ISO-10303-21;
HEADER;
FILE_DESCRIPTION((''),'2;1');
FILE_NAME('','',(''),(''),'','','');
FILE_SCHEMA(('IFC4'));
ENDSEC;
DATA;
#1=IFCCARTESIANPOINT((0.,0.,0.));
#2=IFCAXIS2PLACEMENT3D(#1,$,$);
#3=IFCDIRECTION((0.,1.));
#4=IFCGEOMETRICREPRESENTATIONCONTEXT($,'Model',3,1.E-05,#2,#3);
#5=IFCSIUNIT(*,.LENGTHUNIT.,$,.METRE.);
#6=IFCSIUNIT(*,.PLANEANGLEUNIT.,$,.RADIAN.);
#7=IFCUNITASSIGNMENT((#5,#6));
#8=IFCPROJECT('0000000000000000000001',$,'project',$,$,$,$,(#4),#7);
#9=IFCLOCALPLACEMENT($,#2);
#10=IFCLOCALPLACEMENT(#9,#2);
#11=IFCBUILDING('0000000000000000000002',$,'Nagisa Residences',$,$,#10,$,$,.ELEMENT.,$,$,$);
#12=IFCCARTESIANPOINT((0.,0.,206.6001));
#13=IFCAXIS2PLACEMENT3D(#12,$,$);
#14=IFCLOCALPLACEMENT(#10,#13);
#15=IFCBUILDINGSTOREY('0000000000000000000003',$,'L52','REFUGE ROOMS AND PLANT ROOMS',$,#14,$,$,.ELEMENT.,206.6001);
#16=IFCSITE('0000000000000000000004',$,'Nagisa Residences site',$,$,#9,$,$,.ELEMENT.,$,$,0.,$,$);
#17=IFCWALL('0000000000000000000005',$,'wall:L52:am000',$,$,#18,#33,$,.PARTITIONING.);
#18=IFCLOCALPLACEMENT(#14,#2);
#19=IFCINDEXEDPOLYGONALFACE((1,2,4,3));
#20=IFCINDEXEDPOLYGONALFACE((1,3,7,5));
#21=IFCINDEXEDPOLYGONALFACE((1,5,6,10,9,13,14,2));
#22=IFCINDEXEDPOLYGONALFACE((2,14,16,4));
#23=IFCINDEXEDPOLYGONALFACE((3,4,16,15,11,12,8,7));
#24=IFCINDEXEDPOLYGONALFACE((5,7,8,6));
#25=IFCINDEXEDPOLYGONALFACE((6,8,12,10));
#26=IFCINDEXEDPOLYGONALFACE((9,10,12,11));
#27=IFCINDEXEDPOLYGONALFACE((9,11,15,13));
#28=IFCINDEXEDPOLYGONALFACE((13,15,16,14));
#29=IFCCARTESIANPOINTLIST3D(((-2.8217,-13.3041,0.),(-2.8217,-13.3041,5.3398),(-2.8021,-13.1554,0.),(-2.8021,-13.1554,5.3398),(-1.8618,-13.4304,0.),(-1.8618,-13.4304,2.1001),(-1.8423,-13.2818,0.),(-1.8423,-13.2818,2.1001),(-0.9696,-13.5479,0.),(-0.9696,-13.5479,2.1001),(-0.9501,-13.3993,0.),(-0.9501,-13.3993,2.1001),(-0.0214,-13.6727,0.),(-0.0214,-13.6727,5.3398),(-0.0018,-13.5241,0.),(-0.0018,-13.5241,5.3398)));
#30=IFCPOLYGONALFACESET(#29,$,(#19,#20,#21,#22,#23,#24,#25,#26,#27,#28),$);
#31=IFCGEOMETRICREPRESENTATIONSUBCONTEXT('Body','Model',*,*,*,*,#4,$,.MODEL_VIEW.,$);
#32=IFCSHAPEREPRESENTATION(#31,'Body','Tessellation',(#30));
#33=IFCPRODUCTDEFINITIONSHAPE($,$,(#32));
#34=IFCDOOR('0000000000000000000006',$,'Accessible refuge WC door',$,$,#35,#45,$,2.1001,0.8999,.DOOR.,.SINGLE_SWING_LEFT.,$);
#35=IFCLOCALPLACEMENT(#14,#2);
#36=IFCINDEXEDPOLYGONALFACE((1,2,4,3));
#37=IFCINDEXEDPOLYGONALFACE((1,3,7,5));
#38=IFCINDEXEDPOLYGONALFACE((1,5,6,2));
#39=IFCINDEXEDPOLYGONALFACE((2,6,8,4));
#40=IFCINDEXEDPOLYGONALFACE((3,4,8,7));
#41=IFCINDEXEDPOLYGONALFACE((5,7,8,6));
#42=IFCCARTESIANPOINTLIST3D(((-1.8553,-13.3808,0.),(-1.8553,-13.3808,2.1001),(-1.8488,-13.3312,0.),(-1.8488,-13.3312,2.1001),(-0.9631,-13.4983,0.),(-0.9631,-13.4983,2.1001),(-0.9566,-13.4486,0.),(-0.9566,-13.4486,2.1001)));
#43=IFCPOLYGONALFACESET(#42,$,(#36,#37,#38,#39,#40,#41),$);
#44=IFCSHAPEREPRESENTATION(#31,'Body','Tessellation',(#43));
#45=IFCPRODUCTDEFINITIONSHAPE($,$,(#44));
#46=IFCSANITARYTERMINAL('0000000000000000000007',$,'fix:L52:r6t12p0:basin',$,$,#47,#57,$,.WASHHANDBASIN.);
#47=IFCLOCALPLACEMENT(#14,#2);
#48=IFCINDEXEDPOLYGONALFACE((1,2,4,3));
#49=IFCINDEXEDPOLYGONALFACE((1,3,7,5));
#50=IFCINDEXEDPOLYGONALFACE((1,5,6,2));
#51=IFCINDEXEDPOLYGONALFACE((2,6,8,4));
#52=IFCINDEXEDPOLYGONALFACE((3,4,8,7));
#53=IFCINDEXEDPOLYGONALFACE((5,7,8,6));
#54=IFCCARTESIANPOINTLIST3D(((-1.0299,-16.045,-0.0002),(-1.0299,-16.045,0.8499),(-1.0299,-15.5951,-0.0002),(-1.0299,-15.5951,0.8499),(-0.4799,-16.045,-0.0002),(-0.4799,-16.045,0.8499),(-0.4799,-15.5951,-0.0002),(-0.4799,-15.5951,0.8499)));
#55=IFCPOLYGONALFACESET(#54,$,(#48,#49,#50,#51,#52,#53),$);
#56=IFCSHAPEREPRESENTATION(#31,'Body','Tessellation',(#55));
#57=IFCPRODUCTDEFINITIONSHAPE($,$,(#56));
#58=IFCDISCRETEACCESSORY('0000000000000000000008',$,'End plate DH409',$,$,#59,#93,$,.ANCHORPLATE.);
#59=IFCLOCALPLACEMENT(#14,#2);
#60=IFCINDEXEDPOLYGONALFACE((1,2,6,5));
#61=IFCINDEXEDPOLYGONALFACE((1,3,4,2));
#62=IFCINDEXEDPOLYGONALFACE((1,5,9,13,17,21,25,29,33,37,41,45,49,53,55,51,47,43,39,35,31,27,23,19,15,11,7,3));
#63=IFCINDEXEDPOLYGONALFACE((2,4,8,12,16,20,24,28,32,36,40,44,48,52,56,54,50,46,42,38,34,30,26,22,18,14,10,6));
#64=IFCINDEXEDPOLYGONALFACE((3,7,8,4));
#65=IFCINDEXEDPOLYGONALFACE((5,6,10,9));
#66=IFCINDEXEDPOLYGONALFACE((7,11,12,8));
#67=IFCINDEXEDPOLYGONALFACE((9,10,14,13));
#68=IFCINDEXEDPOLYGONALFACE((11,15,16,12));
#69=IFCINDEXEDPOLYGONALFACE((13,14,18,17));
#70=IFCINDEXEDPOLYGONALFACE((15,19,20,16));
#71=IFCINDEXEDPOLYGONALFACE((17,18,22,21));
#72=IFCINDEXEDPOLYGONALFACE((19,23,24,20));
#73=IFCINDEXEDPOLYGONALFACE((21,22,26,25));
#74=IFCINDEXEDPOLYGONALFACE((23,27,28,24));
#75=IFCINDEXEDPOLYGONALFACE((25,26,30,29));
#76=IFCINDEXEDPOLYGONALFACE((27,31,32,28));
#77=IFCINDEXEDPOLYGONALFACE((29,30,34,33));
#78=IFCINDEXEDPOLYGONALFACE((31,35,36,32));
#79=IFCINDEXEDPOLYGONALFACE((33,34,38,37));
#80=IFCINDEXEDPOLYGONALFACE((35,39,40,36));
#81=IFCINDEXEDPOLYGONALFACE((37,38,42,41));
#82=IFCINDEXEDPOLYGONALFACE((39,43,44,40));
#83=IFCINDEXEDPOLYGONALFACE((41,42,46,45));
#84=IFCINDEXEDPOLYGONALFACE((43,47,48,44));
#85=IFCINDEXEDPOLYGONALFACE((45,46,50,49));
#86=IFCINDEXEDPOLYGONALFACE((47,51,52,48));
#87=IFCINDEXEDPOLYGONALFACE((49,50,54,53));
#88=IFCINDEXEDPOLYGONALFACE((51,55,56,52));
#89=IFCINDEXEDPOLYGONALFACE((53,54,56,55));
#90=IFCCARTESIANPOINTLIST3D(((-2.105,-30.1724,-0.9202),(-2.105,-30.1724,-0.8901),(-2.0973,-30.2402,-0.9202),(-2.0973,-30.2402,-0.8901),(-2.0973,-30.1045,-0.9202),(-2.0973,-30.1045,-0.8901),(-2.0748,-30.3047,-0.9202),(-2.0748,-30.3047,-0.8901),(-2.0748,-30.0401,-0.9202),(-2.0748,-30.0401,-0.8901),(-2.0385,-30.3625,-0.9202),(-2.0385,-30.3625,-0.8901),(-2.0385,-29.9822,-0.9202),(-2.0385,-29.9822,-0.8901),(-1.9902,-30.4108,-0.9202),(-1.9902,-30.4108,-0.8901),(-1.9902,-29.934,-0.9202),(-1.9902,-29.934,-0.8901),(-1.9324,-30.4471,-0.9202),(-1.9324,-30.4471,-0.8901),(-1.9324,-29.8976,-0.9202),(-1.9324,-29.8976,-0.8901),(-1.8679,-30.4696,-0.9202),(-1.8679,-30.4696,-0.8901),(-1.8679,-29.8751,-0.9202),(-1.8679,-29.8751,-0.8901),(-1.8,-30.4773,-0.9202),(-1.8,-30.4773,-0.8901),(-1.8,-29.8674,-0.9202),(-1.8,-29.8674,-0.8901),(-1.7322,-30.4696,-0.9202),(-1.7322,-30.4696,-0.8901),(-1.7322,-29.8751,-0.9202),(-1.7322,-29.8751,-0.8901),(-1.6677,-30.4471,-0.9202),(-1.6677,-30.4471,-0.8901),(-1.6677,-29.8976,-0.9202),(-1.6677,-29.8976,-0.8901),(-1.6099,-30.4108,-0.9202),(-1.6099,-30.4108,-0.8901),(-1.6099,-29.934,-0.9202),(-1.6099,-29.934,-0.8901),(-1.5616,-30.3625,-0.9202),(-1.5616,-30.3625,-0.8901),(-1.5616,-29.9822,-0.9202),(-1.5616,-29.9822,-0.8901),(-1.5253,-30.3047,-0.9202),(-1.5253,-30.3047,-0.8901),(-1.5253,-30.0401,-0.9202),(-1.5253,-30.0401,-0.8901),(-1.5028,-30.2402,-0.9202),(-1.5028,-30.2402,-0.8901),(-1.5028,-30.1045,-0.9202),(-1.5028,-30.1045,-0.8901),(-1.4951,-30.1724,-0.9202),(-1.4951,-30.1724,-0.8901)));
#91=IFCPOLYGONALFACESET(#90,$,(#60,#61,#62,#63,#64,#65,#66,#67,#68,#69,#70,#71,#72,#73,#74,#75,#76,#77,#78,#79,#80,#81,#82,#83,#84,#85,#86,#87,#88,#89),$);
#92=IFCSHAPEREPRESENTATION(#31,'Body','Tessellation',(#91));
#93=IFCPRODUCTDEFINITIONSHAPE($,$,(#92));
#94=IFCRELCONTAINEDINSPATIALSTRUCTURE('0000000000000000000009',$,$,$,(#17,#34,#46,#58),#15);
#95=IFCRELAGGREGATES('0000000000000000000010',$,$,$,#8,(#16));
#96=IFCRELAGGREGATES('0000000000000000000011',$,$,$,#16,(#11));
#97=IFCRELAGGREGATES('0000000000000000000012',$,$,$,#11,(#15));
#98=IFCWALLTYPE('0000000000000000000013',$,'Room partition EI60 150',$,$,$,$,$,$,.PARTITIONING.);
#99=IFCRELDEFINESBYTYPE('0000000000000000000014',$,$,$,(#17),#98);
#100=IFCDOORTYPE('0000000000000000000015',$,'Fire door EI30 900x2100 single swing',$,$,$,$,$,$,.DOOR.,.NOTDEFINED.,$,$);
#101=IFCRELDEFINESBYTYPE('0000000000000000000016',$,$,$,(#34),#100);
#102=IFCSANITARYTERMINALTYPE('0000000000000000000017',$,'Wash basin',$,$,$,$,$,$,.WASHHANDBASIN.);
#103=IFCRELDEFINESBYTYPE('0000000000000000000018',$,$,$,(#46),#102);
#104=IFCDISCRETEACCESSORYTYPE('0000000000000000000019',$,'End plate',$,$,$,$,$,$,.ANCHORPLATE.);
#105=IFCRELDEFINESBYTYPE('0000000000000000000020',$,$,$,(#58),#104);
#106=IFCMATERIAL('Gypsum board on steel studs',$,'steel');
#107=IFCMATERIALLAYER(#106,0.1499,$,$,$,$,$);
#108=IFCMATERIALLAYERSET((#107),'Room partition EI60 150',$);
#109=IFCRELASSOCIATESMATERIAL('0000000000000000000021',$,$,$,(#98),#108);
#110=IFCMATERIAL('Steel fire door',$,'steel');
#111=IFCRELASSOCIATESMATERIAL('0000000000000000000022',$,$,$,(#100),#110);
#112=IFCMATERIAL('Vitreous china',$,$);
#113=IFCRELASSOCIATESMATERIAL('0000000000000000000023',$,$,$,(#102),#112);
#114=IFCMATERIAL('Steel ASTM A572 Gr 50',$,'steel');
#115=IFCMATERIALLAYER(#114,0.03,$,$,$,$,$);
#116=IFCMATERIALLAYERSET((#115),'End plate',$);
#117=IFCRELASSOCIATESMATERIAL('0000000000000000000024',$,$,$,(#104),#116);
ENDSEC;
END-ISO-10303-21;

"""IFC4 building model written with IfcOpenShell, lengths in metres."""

from ifc_helpers import new_model, si_unit, direction, frame, frame_2d, origin, origin_2d, place, context, subcontext, project, spatial, rectangle, circle, extrude, material, layer, layer_set, type_object, element, fill, save


model = new_model("IFC4")

# Units and contexts
model_context = context("Model", 3, precision=1e-05, world=origin(), true_north=direction((0.0, 1.0)))
body_context = subcontext(model_context, "Body", "Model", "MODEL_VIEW")
ifc_project = project(units=[si_unit("LENGTHUNIT", "METRE"), si_unit("PLANEANGLEUNIT", "RADIAN")], contexts=[model_context])

# Site, building, storey
site_placement = place(None, origin())
site = spatial("IfcSite", under=ifc_project, at=site_placement, Name="Nagisa Residences site", CompositionType="ELEMENT", RefElevation=0.0)
building_placement = place(site_placement, origin())
building = spatial("IfcBuilding", under=site, at=building_placement, Name="Nagisa Residences", CompositionType="ELEMENT")
storey_placement = place(building_placement, frame((0.0, 0.0, 206.6001)))
storey = spatial("IfcBuildingStorey", under=building, at=storey_placement, Name="L52", Description="REFUGE ROOMS AND PLANT ROOMS", CompositionType="ELEMENT", Elevation=206.6001)

# Wall, opening, door
ifc_material_1 = material(Name="Gypsum board on steel studs", Category="steel")
ifc_layer_1 = layer(ifc_material_1, 0.1499)
ifc_layer_set_1 = layer_set([ifc_layer_1], Name="Room partition EI60 150")
wall_type_1 = type_object("IfcWallType", Name="Room partition EI60 150", PredefinedType="PARTITIONING", material=ifc_layer_set_1)
wall_1_placement = place(storey_placement, frame((-0.0117, -13.5984, 0.0), z_axis=(0.0, 0.0, 1.0), x_axis=(-0.991445, 0.130522, 0.0)))
wall_1 = element("IfcWall", 1, at=wall_1_placement, inside=storey, type_object=wall_type_1, Name="wall:L52:am000", PredefinedType="PARTITIONING", context=body_context, shape_type="SweptSolid", body=[
    extrude(rectangle(XDim=2.8245, YDim=0.1499, at=frame_2d((1.4121, 0.0))), origin(), (0.0, 0.0, 1.0), 5.3398),
])
opening_1_placement = place(wall_1_placement, frame((0.9563, 0.0, 0.0)))
opening_1 = element("IfcOpeningElement", 2, at=opening_1_placement, cuts=wall_1, PredefinedType="OPENING", context=body_context, shape_type="SweptSolid", body=[
    extrude(rectangle(XDim=0.8999, YDim=2.1001, at=frame_2d((0.45, 1.05))), frame((0.0, 0.085, 0.0), z_axis=(0.0, -1.0, 0.0), x_axis=(1.0, 0.0, 0.0)), (0.0, 0.0, 1.0), 0.1699),
])
ifc_material_2 = material(Name="Steel fire door", Category="steel")
door_type_1 = type_object("IfcDoorType", Name="Fire door EI30 900x2100 single swing", OperationType="NOTDEFINED", PredefinedType="DOOR", material=ifc_material_2)
door_1_placement = place(opening_1_placement, origin())
door_1 = element("IfcDoor", 3, at=door_1_placement, inside=storey, type_object=door_type_1, Name="Accessible refuge WC door", OperationType="SINGLE_SWING_LEFT", OverallHeight=2.1001, OverallWidth=0.8999, PredefinedType="DOOR", context=body_context, shape_type="SweptSolid", body=[
    extrude(rectangle(XDim=0.8999, YDim=2.1001, at=frame_2d((0.45, 1.05))), frame((0.0, 0.0249, 0.0), z_axis=(0.0, -1.0, 0.0), x_axis=(1.0, 0.0, 0.0)), (0.0, 0.0, 1.0), 0.05),
])
fill(opening_1, door_1)

# Sanitary terminal
ifc_material_3 = material(Name="Vitreous china")
sanitary_terminal_type = type_object("IfcSanitaryTerminalType", Name="Wash basin", PredefinedType="WASHHANDBASIN", material=ifc_material_3)
sanitary_terminal_placement = place(storey_placement, frame((-0.7549, -15.8201, -0.0002), z_axis=(0.0, 0.0, 1.0), x_axis=(1.0, 0.0, 0.0)))
element("IfcSanitaryTerminal", 4, at=sanitary_terminal_placement, inside=storey, type_object=sanitary_terminal_type, Name="fix:L52:r6t12p0:basin", PredefinedType="WASHHANDBASIN", context=body_context, shape_type="SweptSolid", body=[
    extrude(rectangle(XDim=0.55, YDim=0.45, at=origin_2d()), origin(), (0.0, 0.0, 1.0), 0.8501),
])

# Discrete accessory
ifc_material_4 = material(Name="Steel ASTM A572 Gr 50", Category="steel")
ifc_layer_2 = layer(ifc_material_4, 0.03)
ifc_layer_set_2 = layer_set([ifc_layer_2], Name="End plate")
discrete_accessory_type = type_object("IfcDiscreteAccessoryType", Name="End plate", PredefinedType="ANCHORPLATE", material=ifc_layer_set_2)
discrete_accessory_placement = place(storey_placement, frame((-1.8, -30.1724, -0.8901), z_axis=(0.0, 0.0, -1.0), x_axis=(1.0, 0.0, 0.0)))
element("IfcDiscreteAccessory", 5, at=discrete_accessory_placement, inside=storey, type_object=discrete_accessory_type, Name="End plate DH409", PredefinedType="ANCHORPLATE", context=body_context, shape_type="SweptSolid", body=[
    extrude(circle(Radius=0.3049, at=origin_2d()), origin(), (0.0, 0.0, 1.0), 0.03),
])

save(model, "model.ifc")
